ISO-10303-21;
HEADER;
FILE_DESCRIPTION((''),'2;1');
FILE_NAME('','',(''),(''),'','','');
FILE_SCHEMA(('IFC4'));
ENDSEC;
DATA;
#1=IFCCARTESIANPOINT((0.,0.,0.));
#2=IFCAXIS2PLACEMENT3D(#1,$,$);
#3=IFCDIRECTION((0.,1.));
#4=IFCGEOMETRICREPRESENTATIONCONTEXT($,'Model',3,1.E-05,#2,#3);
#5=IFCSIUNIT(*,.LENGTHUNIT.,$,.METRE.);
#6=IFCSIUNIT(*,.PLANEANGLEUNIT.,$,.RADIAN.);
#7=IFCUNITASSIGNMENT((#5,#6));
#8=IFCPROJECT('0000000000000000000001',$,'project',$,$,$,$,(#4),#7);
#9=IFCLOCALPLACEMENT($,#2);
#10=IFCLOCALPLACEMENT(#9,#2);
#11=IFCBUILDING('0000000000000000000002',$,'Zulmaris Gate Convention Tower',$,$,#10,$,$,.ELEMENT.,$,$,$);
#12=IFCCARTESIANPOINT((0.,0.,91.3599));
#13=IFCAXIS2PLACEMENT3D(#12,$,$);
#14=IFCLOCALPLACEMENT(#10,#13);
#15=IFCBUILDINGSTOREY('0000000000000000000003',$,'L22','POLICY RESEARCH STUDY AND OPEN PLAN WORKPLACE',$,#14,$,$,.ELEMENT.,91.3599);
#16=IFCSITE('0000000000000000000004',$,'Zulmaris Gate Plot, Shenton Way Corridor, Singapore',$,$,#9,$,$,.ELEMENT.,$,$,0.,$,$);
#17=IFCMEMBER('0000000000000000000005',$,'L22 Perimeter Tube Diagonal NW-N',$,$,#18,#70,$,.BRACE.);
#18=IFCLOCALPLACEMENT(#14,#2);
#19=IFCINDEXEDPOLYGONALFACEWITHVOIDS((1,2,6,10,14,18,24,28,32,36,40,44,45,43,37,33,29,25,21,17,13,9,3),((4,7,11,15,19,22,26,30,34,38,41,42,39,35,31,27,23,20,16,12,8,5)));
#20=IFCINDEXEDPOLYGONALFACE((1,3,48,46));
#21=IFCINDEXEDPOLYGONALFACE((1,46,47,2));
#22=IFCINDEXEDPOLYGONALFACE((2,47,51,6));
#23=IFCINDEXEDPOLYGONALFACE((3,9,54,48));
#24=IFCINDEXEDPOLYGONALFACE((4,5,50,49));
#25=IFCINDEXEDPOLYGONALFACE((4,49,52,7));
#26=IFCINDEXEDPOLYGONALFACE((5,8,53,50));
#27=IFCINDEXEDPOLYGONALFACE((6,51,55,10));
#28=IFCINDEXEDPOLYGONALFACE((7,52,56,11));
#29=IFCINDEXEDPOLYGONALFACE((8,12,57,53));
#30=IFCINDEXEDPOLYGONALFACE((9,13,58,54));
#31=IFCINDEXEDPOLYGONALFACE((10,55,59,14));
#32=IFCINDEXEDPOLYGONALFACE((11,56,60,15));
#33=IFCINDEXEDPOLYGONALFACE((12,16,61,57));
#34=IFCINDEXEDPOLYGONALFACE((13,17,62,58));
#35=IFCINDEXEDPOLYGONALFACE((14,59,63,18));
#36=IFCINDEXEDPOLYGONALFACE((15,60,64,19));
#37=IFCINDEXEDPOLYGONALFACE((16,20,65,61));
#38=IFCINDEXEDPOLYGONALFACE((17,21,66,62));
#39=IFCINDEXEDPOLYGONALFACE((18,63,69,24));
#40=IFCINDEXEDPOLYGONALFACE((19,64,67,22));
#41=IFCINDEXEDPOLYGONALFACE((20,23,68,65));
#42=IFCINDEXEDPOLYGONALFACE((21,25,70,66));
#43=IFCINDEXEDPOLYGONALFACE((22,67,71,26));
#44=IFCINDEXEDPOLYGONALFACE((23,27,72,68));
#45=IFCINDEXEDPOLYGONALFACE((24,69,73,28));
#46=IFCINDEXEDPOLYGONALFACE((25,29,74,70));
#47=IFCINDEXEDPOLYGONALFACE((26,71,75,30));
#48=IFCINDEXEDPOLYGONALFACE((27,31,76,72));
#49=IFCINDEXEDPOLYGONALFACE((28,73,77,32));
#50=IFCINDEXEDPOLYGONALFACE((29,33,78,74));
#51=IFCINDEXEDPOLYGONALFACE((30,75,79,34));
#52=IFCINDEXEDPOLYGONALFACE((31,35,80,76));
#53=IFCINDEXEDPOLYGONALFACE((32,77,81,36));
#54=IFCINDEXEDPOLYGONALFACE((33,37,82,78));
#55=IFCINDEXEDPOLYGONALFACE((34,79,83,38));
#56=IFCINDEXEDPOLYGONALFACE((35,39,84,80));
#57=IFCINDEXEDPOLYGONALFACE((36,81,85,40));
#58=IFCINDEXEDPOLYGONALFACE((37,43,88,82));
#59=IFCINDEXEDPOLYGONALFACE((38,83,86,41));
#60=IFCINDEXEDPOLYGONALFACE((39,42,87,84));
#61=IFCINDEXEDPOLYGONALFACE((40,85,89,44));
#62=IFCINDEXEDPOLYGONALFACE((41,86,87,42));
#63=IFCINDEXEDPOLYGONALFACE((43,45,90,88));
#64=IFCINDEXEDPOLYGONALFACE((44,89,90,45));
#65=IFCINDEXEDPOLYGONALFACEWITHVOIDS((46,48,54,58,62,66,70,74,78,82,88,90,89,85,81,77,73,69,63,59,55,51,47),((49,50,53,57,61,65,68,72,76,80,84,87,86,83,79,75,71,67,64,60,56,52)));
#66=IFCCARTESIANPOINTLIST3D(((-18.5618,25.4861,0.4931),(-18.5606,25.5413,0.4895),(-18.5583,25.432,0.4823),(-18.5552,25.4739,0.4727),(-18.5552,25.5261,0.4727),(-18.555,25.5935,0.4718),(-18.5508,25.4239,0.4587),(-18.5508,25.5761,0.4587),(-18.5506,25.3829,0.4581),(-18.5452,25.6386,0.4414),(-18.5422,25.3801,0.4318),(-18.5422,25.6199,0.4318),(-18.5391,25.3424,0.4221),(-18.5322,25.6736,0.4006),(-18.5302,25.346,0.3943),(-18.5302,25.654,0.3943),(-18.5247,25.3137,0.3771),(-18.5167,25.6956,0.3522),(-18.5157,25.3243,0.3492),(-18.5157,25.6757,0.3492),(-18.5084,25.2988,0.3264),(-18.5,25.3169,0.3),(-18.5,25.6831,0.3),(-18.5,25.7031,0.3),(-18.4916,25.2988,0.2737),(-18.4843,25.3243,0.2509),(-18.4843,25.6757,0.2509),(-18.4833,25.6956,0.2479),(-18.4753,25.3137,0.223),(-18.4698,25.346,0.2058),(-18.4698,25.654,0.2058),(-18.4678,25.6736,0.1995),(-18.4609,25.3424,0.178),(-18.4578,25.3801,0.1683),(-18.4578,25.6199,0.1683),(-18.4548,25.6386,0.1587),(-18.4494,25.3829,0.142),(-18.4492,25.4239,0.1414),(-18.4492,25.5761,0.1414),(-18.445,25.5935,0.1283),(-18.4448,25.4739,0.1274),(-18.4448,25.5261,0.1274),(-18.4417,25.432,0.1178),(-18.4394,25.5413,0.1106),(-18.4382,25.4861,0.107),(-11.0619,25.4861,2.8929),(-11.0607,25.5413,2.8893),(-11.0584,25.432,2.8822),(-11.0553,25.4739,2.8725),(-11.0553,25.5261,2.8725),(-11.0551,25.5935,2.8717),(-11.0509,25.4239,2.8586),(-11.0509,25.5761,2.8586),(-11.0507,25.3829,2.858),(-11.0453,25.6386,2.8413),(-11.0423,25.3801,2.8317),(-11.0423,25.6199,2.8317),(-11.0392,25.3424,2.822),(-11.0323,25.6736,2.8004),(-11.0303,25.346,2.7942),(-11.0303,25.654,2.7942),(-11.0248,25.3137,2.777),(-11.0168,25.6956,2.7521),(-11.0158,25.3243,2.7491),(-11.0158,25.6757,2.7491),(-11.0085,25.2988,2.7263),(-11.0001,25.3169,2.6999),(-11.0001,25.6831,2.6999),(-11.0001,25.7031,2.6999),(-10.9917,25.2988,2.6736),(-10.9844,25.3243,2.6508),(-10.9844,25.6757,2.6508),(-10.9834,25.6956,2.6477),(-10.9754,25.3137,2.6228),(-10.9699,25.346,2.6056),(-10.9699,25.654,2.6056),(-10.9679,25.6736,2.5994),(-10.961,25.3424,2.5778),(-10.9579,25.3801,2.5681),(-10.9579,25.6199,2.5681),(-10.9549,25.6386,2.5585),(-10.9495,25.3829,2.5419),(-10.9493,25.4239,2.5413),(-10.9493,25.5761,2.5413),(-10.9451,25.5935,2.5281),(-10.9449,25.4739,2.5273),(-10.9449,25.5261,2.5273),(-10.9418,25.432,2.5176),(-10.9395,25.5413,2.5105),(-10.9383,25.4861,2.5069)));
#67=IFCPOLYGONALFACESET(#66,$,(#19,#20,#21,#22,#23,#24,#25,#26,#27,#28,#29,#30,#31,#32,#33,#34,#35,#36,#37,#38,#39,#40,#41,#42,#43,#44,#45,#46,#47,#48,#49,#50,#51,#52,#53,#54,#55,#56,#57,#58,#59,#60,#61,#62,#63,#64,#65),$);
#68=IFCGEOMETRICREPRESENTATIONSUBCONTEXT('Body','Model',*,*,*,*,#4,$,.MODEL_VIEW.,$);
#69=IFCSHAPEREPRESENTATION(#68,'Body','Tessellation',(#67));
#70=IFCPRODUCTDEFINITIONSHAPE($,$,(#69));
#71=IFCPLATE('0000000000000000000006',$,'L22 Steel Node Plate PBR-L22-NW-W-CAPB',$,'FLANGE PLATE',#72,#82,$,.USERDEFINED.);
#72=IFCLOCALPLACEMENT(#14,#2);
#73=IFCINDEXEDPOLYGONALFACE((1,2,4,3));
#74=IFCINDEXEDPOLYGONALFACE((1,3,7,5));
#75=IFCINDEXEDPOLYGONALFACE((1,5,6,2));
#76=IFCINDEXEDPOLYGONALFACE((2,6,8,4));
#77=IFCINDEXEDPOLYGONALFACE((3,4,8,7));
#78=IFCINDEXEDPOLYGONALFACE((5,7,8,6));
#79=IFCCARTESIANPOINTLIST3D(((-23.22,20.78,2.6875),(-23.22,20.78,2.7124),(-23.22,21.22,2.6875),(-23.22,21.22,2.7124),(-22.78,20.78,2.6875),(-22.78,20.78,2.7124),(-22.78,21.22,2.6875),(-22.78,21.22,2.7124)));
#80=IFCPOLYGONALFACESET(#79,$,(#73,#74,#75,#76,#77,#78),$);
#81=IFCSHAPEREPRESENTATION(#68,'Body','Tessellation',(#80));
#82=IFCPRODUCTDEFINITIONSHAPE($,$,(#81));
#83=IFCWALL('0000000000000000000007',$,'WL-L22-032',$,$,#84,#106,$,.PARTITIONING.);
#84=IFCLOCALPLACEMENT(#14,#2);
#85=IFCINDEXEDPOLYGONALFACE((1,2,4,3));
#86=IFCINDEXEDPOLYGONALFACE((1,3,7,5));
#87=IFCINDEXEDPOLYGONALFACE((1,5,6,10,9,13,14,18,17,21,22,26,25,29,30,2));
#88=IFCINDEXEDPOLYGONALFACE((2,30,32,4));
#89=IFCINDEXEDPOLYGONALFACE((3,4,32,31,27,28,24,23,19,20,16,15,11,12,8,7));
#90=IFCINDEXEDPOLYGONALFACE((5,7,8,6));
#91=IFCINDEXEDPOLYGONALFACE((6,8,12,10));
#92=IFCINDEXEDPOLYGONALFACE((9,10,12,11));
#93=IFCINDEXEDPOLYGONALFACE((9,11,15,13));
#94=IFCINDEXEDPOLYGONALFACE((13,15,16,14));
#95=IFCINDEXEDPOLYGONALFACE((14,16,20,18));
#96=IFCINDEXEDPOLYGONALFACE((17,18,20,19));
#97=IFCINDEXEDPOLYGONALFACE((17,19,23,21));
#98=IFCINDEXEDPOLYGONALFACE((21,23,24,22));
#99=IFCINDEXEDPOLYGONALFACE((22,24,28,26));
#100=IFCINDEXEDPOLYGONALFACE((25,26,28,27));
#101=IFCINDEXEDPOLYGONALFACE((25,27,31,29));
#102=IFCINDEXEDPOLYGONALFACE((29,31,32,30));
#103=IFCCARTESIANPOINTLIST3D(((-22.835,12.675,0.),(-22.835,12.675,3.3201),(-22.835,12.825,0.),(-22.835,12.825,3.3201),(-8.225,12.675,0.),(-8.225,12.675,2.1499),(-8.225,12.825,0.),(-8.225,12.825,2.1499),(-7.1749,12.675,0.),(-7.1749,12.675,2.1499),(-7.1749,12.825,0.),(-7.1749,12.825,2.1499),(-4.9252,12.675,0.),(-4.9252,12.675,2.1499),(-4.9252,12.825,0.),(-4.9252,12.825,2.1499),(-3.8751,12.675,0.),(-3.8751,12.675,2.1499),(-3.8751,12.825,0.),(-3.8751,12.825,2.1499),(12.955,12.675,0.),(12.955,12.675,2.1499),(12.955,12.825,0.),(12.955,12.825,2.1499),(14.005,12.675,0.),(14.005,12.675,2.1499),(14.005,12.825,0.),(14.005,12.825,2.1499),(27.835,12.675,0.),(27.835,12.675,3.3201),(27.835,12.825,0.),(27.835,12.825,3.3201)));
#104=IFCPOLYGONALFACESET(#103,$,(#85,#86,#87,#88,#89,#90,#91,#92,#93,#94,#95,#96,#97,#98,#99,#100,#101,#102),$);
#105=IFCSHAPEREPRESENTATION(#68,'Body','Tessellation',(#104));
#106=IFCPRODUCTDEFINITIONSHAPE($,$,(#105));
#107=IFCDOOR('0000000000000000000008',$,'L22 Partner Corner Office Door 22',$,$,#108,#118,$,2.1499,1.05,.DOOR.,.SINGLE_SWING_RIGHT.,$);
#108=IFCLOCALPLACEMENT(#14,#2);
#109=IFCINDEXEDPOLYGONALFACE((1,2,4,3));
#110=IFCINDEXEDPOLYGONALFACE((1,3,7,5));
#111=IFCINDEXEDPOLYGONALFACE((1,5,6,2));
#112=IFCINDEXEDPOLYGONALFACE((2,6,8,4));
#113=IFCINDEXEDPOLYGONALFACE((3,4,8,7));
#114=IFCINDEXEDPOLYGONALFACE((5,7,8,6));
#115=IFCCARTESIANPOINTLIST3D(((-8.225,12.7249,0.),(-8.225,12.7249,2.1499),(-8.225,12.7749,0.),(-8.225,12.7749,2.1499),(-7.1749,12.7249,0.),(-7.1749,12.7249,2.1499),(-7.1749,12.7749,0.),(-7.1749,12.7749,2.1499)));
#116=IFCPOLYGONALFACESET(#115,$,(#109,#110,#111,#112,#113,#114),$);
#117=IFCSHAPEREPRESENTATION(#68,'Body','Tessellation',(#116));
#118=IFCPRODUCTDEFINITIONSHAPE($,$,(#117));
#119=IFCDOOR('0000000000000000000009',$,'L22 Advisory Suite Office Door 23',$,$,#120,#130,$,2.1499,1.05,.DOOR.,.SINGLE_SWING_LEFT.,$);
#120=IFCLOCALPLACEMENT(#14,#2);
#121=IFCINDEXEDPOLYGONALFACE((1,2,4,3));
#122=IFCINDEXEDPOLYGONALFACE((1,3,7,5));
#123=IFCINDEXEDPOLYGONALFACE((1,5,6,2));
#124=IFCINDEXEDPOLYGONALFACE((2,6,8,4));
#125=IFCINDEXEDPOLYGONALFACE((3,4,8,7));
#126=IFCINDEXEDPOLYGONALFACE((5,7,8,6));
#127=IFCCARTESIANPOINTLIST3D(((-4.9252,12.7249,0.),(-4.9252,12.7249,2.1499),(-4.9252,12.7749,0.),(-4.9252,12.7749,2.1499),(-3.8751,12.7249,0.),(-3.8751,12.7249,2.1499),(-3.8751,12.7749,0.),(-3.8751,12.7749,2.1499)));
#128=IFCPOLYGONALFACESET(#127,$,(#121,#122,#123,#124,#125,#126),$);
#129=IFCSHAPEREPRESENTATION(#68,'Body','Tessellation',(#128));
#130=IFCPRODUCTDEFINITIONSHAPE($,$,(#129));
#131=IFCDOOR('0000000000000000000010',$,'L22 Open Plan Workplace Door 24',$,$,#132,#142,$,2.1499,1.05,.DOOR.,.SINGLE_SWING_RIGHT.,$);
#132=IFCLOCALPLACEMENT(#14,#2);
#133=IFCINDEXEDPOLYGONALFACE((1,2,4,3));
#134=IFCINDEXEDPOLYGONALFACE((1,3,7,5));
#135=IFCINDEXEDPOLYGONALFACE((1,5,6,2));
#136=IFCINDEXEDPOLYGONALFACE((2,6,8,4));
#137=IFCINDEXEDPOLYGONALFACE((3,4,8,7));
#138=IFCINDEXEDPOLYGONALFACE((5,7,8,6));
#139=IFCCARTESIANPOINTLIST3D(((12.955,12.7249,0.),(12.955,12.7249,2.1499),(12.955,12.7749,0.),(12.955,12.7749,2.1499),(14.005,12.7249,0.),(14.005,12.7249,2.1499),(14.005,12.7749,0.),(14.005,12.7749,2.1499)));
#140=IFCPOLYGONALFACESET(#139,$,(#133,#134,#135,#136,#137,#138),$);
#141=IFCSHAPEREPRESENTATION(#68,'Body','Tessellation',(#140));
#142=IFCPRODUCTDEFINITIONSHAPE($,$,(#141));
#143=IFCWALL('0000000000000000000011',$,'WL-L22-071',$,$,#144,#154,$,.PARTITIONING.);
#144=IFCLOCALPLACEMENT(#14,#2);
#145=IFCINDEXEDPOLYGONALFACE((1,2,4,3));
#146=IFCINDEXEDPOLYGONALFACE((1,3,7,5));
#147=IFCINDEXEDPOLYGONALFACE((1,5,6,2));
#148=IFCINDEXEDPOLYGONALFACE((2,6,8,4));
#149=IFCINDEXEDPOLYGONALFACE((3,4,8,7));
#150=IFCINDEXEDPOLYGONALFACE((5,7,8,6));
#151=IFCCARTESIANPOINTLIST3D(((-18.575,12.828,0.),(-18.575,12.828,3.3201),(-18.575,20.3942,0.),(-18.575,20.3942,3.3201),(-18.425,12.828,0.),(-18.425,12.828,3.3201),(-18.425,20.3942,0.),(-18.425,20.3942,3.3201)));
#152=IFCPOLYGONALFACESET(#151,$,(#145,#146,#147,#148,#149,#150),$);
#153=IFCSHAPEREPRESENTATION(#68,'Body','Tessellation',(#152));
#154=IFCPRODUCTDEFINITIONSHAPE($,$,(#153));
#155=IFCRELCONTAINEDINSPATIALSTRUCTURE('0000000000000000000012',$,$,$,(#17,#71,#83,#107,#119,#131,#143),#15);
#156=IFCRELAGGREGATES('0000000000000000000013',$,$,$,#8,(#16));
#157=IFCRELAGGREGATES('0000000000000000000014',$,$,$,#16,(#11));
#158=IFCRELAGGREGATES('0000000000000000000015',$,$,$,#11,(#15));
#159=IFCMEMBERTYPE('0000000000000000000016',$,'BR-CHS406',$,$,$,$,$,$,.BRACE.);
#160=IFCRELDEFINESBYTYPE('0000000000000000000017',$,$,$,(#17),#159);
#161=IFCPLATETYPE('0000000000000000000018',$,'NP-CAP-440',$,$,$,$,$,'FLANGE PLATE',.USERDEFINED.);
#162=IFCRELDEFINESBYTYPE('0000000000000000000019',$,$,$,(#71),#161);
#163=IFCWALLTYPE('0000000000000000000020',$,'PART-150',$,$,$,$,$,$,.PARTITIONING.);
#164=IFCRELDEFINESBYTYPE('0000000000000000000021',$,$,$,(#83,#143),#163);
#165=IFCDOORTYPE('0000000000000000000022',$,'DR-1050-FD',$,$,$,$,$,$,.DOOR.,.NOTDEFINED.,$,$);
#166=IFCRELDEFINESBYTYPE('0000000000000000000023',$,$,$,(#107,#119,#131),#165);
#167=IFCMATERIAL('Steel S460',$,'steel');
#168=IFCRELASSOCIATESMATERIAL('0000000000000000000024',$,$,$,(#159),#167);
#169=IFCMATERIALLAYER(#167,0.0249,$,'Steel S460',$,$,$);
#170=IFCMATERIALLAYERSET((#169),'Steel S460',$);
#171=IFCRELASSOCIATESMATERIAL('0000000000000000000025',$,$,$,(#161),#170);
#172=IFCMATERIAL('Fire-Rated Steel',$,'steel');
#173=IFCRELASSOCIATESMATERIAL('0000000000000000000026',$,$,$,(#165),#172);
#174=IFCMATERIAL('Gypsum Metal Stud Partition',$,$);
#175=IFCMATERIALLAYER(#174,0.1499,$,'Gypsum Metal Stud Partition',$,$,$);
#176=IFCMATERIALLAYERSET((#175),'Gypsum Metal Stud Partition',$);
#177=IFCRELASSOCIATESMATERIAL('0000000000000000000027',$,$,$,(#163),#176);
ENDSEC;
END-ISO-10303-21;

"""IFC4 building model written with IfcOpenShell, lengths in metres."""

from ifc_helpers import new_model, si_unit, direction, frame, frame_2d, origin, origin_2d, place, context, subcontext, project, spatial, rectangle, hollow_circle, extrude, material, layer, layer_set, material_profile, profile_set, type_object, element, fill, save


model = new_model("IFC4")

# Units and contexts
model_context = context("Model", 3, precision=1e-05, world=origin(), true_north=direction((0.0, 1.0)))
body_context = subcontext(model_context, "Body", "Model", "MODEL_VIEW")
ifc_project = project(units=[si_unit("LENGTHUNIT", "METRE"), si_unit("PLANEANGLEUNIT", "RADIAN")], contexts=[model_context])

# Site, building, storey
site_placement = place(None, origin())
site = spatial("IfcSite", under=ifc_project, at=site_placement, Name="Zulmaris Gate Plot, Shenton Way Corridor, Singapore", CompositionType="ELEMENT", RefElevation=0.0)
building_placement = place(site_placement, origin())
building = spatial("IfcBuilding", under=site, at=building_placement, Name="Zulmaris Gate Convention Tower", CompositionType="ELEMENT")
storey_placement = place(building_placement, frame((0.0, 0.0, 91.3599)))
storey = spatial("IfcBuildingStorey", under=building, at=storey_placement, Name="L22", Description="POLICY RESEARCH STUDY AND OPEN PLAN WORKPLACE", CompositionType="ELEMENT", Elevation=91.3599)

# Member
ifc_material_1 = material(Name="Steel S460", Category="steel")
ifc_material_profile_1 = material_profile(ifc_material_1, hollow_circle(Radius=0.2031, WallThickness=0.02, at=origin_2d()), Name="CHS 406.4x20")
ifc_profile_set_1 = profile_set([ifc_material_profile_1], Name="Steel S460")
member_type = type_object("IfcMemberType", Name="BR-CHS406", PredefinedType="BRACE", material=ifc_profile_set_1)
member_placement = place(storey_placement, frame((-18.5, 25.5, 0.3), z_axis=(0.952428, 0.0, 0.304764), x_axis=(0.0, 1.0, 0.0)))
element("IfcMember", 1, at=member_placement, inside=storey, type_object=member_type, Name="L22 Perimeter Tube Diagonal NW-N", PredefinedType="BRACE", context=body_context, shape_type="SweptSolid", body=[
    extrude(hollow_circle(Radius=0.2031, WallThickness=0.02, at=origin_2d()), origin(), (0.0, 0.0, 1.0), 7.8745),
])

# Plate
ifc_layer_1 = layer(ifc_material_1, 0.0249, Name="Steel S460")
ifc_layer_set_1 = layer_set([ifc_layer_1], Name="Steel S460")
plate_type = type_object("IfcPlateType", Name="NP-CAP-440", ElementType="FLANGE PLATE", PredefinedType="USERDEFINED", material=ifc_layer_set_1)
plate_placement = place(storey_placement, frame((-23.0, 21.0, 2.6875), z_axis=(0.0, 0.0, 1.0), x_axis=(1.0, 0.0, 0.0)))
element("IfcPlate", 2, at=plate_placement, inside=storey, type_object=plate_type, Name="L22 Steel Node Plate PBR-L22-NW-W-CAPB", ObjectType="FLANGE PLATE", PredefinedType="USERDEFINED", context=body_context, shape_type="SweptSolid", body=[
    extrude(rectangle(XDim=0.4399, YDim=0.4399, at=origin_2d()), origin(), (0.0, 0.0, 1.0), 0.0249),
])

# Shared definitions
ifc_material_2 = material(Name="Fire-Rated Steel", Category="steel")
door_type_1 = type_object("IfcDoorType", Name="DR-1050-FD", OperationType="NOTDEFINED", PredefinedType="DOOR", material=ifc_material_2)
ifc_material_3 = material(Name="Gypsum Metal Stud Partition")
ifc_layer_2 = layer(ifc_material_3, 0.1499, Name="Gypsum Metal Stud Partition")
ifc_layer_set_2 = layer_set([ifc_layer_2], Name="Gypsum Metal Stud Partition")
wall_type_1 = type_object("IfcWallType", Name="PART-150", PredefinedType="PARTITIONING", material=ifc_layer_set_2)

# Wall, openings, doors
wall_1_placement = place(storey_placement, frame((-22.835, 12.75, 0.0), z_axis=(0.0, 0.0, 1.0), x_axis=(1.0, 0.0, 0.0)))
wall_1 = element("IfcWall", 3, at=wall_1_placement, inside=storey, type_object=wall_type_1, Name="WL-L22-032", PredefinedType="PARTITIONING", context=body_context, shape_type="SweptSolid", body=[
    extrude(rectangle(XDim=50.6699, YDim=0.1499, at=frame_2d((25.335, 0.0))), origin(), (0.0, 0.0, 1.0), 3.3201),
])
opening_1_placement = place(wall_1_placement, frame((14.6101, 0.0, 0.0)))
opening_1 = element("IfcOpeningElement", 4, at=opening_1_placement, cuts=wall_1, PredefinedType="OPENING", context=body_context, shape_type="SweptSolid", body=[
    extrude(rectangle(XDim=1.05, YDim=2.1499, at=frame_2d((0.5249, 1.075))), frame((0.0, 0.085, 0.0), z_axis=(0.0, -1.0, 0.0), x_axis=(1.0, 0.0, 0.0)), (0.0, 0.0, 1.0), 0.1699),
])
opening_2_placement = place(wall_1_placement, frame((17.9099, 0.0, 0.0)))
opening_2 = element("IfcOpeningElement", 5, at=opening_2_placement, cuts=wall_1, PredefinedType="OPENING", context=body_context, shape_type="SweptSolid", body=[
    extrude(rectangle(XDim=1.05, YDim=2.1499, at=frame_2d((0.5249, 1.075))), frame((0.0, 0.085, 0.0), z_axis=(0.0, -1.0, 0.0), x_axis=(1.0, 0.0, 0.0)), (0.0, 0.0, 1.0), 0.1699),
])
opening_3_placement = place(wall_1_placement, frame((35.79, 0.0, 0.0)))
opening_3 = element("IfcOpeningElement", 6, at=opening_3_placement, cuts=wall_1, PredefinedType="OPENING", context=body_context, shape_type="SweptSolid", body=[
    extrude(rectangle(XDim=1.05, YDim=2.1499, at=frame_2d((0.5249, 1.075))), frame((0.0, 0.085, 0.0), z_axis=(0.0, -1.0, 0.0), x_axis=(1.0, 0.0, 0.0)), (0.0, 0.0, 1.0), 0.1699),
])
door_1_placement = place(opening_1_placement, origin())
door_1 = element("IfcDoor", 7, at=door_1_placement, inside=storey, type_object=door_type_1, Name="L22 Partner Corner Office Door 22", OperationType="SINGLE_SWING_RIGHT", OverallHeight=2.1499, OverallWidth=1.05, PredefinedType="DOOR", context=body_context, shape_type="SweptSolid", body=[
    extrude(rectangle(XDim=1.05, YDim=2.1499, at=frame_2d((0.5249, 1.075))), frame((0.0, 0.0249, 0.0), z_axis=(0.0, -1.0, 0.0), x_axis=(1.0, 0.0, 0.0)), (0.0, 0.0, 1.0), 0.05),
])
fill(opening_1, door_1)
door_2_placement = place(opening_2_placement, origin())
door_2 = element("IfcDoor", 8, at=door_2_placement, inside=storey, type_object=door_type_1, Name="L22 Advisory Suite Office Door 23", OperationType="SINGLE_SWING_LEFT", OverallHeight=2.1499, OverallWidth=1.05, PredefinedType="DOOR", context=body_context, shape_type="SweptSolid", body=[
    extrude(rectangle(XDim=1.05, YDim=2.1499, at=frame_2d((0.5249, 1.075))), frame((0.0, 0.0249, 0.0), z_axis=(0.0, -1.0, 0.0), x_axis=(1.0, 0.0, 0.0)), (0.0, 0.0, 1.0), 0.05),
])
fill(opening_2, door_2)
door_3_placement = place(opening_3_placement, origin())
door_3 = element("IfcDoor", 9, at=door_3_placement, inside=storey, type_object=door_type_1, Name="L22 Open Plan Workplace Door 24", OperationType="SINGLE_SWING_RIGHT", OverallHeight=2.1499, OverallWidth=1.05, PredefinedType="DOOR", context=body_context, shape_type="SweptSolid", body=[
    extrude(rectangle(XDim=1.05, YDim=2.1499, at=frame_2d((0.5249, 1.075))), frame((0.0, 0.0249, 0.0), z_axis=(0.0, -1.0, 0.0), x_axis=(1.0, 0.0, 0.0)), (0.0, 0.0, 1.0), 0.05),
])
fill(opening_3, door_3)

# Wall
wall_2_placement = place(storey_placement, frame((-18.5, 12.8279, 0.0), z_axis=(0.0, 0.0, 1.0), x_axis=(0.0, 1.0, 0.0)))
element("IfcWall", 10, at=wall_2_placement, inside=storey, type_object=wall_type_1, Name="WL-L22-071", PredefinedType="PARTITIONING", context=body_context, shape_type="SweptSolid", body=[
    extrude(rectangle(XDim=7.5662, YDim=0.1499, at=frame_2d((3.7832, 0.0))), origin(), (0.0, 0.0, 1.0), 3.3201),
])

save(model, "model.ifc")
